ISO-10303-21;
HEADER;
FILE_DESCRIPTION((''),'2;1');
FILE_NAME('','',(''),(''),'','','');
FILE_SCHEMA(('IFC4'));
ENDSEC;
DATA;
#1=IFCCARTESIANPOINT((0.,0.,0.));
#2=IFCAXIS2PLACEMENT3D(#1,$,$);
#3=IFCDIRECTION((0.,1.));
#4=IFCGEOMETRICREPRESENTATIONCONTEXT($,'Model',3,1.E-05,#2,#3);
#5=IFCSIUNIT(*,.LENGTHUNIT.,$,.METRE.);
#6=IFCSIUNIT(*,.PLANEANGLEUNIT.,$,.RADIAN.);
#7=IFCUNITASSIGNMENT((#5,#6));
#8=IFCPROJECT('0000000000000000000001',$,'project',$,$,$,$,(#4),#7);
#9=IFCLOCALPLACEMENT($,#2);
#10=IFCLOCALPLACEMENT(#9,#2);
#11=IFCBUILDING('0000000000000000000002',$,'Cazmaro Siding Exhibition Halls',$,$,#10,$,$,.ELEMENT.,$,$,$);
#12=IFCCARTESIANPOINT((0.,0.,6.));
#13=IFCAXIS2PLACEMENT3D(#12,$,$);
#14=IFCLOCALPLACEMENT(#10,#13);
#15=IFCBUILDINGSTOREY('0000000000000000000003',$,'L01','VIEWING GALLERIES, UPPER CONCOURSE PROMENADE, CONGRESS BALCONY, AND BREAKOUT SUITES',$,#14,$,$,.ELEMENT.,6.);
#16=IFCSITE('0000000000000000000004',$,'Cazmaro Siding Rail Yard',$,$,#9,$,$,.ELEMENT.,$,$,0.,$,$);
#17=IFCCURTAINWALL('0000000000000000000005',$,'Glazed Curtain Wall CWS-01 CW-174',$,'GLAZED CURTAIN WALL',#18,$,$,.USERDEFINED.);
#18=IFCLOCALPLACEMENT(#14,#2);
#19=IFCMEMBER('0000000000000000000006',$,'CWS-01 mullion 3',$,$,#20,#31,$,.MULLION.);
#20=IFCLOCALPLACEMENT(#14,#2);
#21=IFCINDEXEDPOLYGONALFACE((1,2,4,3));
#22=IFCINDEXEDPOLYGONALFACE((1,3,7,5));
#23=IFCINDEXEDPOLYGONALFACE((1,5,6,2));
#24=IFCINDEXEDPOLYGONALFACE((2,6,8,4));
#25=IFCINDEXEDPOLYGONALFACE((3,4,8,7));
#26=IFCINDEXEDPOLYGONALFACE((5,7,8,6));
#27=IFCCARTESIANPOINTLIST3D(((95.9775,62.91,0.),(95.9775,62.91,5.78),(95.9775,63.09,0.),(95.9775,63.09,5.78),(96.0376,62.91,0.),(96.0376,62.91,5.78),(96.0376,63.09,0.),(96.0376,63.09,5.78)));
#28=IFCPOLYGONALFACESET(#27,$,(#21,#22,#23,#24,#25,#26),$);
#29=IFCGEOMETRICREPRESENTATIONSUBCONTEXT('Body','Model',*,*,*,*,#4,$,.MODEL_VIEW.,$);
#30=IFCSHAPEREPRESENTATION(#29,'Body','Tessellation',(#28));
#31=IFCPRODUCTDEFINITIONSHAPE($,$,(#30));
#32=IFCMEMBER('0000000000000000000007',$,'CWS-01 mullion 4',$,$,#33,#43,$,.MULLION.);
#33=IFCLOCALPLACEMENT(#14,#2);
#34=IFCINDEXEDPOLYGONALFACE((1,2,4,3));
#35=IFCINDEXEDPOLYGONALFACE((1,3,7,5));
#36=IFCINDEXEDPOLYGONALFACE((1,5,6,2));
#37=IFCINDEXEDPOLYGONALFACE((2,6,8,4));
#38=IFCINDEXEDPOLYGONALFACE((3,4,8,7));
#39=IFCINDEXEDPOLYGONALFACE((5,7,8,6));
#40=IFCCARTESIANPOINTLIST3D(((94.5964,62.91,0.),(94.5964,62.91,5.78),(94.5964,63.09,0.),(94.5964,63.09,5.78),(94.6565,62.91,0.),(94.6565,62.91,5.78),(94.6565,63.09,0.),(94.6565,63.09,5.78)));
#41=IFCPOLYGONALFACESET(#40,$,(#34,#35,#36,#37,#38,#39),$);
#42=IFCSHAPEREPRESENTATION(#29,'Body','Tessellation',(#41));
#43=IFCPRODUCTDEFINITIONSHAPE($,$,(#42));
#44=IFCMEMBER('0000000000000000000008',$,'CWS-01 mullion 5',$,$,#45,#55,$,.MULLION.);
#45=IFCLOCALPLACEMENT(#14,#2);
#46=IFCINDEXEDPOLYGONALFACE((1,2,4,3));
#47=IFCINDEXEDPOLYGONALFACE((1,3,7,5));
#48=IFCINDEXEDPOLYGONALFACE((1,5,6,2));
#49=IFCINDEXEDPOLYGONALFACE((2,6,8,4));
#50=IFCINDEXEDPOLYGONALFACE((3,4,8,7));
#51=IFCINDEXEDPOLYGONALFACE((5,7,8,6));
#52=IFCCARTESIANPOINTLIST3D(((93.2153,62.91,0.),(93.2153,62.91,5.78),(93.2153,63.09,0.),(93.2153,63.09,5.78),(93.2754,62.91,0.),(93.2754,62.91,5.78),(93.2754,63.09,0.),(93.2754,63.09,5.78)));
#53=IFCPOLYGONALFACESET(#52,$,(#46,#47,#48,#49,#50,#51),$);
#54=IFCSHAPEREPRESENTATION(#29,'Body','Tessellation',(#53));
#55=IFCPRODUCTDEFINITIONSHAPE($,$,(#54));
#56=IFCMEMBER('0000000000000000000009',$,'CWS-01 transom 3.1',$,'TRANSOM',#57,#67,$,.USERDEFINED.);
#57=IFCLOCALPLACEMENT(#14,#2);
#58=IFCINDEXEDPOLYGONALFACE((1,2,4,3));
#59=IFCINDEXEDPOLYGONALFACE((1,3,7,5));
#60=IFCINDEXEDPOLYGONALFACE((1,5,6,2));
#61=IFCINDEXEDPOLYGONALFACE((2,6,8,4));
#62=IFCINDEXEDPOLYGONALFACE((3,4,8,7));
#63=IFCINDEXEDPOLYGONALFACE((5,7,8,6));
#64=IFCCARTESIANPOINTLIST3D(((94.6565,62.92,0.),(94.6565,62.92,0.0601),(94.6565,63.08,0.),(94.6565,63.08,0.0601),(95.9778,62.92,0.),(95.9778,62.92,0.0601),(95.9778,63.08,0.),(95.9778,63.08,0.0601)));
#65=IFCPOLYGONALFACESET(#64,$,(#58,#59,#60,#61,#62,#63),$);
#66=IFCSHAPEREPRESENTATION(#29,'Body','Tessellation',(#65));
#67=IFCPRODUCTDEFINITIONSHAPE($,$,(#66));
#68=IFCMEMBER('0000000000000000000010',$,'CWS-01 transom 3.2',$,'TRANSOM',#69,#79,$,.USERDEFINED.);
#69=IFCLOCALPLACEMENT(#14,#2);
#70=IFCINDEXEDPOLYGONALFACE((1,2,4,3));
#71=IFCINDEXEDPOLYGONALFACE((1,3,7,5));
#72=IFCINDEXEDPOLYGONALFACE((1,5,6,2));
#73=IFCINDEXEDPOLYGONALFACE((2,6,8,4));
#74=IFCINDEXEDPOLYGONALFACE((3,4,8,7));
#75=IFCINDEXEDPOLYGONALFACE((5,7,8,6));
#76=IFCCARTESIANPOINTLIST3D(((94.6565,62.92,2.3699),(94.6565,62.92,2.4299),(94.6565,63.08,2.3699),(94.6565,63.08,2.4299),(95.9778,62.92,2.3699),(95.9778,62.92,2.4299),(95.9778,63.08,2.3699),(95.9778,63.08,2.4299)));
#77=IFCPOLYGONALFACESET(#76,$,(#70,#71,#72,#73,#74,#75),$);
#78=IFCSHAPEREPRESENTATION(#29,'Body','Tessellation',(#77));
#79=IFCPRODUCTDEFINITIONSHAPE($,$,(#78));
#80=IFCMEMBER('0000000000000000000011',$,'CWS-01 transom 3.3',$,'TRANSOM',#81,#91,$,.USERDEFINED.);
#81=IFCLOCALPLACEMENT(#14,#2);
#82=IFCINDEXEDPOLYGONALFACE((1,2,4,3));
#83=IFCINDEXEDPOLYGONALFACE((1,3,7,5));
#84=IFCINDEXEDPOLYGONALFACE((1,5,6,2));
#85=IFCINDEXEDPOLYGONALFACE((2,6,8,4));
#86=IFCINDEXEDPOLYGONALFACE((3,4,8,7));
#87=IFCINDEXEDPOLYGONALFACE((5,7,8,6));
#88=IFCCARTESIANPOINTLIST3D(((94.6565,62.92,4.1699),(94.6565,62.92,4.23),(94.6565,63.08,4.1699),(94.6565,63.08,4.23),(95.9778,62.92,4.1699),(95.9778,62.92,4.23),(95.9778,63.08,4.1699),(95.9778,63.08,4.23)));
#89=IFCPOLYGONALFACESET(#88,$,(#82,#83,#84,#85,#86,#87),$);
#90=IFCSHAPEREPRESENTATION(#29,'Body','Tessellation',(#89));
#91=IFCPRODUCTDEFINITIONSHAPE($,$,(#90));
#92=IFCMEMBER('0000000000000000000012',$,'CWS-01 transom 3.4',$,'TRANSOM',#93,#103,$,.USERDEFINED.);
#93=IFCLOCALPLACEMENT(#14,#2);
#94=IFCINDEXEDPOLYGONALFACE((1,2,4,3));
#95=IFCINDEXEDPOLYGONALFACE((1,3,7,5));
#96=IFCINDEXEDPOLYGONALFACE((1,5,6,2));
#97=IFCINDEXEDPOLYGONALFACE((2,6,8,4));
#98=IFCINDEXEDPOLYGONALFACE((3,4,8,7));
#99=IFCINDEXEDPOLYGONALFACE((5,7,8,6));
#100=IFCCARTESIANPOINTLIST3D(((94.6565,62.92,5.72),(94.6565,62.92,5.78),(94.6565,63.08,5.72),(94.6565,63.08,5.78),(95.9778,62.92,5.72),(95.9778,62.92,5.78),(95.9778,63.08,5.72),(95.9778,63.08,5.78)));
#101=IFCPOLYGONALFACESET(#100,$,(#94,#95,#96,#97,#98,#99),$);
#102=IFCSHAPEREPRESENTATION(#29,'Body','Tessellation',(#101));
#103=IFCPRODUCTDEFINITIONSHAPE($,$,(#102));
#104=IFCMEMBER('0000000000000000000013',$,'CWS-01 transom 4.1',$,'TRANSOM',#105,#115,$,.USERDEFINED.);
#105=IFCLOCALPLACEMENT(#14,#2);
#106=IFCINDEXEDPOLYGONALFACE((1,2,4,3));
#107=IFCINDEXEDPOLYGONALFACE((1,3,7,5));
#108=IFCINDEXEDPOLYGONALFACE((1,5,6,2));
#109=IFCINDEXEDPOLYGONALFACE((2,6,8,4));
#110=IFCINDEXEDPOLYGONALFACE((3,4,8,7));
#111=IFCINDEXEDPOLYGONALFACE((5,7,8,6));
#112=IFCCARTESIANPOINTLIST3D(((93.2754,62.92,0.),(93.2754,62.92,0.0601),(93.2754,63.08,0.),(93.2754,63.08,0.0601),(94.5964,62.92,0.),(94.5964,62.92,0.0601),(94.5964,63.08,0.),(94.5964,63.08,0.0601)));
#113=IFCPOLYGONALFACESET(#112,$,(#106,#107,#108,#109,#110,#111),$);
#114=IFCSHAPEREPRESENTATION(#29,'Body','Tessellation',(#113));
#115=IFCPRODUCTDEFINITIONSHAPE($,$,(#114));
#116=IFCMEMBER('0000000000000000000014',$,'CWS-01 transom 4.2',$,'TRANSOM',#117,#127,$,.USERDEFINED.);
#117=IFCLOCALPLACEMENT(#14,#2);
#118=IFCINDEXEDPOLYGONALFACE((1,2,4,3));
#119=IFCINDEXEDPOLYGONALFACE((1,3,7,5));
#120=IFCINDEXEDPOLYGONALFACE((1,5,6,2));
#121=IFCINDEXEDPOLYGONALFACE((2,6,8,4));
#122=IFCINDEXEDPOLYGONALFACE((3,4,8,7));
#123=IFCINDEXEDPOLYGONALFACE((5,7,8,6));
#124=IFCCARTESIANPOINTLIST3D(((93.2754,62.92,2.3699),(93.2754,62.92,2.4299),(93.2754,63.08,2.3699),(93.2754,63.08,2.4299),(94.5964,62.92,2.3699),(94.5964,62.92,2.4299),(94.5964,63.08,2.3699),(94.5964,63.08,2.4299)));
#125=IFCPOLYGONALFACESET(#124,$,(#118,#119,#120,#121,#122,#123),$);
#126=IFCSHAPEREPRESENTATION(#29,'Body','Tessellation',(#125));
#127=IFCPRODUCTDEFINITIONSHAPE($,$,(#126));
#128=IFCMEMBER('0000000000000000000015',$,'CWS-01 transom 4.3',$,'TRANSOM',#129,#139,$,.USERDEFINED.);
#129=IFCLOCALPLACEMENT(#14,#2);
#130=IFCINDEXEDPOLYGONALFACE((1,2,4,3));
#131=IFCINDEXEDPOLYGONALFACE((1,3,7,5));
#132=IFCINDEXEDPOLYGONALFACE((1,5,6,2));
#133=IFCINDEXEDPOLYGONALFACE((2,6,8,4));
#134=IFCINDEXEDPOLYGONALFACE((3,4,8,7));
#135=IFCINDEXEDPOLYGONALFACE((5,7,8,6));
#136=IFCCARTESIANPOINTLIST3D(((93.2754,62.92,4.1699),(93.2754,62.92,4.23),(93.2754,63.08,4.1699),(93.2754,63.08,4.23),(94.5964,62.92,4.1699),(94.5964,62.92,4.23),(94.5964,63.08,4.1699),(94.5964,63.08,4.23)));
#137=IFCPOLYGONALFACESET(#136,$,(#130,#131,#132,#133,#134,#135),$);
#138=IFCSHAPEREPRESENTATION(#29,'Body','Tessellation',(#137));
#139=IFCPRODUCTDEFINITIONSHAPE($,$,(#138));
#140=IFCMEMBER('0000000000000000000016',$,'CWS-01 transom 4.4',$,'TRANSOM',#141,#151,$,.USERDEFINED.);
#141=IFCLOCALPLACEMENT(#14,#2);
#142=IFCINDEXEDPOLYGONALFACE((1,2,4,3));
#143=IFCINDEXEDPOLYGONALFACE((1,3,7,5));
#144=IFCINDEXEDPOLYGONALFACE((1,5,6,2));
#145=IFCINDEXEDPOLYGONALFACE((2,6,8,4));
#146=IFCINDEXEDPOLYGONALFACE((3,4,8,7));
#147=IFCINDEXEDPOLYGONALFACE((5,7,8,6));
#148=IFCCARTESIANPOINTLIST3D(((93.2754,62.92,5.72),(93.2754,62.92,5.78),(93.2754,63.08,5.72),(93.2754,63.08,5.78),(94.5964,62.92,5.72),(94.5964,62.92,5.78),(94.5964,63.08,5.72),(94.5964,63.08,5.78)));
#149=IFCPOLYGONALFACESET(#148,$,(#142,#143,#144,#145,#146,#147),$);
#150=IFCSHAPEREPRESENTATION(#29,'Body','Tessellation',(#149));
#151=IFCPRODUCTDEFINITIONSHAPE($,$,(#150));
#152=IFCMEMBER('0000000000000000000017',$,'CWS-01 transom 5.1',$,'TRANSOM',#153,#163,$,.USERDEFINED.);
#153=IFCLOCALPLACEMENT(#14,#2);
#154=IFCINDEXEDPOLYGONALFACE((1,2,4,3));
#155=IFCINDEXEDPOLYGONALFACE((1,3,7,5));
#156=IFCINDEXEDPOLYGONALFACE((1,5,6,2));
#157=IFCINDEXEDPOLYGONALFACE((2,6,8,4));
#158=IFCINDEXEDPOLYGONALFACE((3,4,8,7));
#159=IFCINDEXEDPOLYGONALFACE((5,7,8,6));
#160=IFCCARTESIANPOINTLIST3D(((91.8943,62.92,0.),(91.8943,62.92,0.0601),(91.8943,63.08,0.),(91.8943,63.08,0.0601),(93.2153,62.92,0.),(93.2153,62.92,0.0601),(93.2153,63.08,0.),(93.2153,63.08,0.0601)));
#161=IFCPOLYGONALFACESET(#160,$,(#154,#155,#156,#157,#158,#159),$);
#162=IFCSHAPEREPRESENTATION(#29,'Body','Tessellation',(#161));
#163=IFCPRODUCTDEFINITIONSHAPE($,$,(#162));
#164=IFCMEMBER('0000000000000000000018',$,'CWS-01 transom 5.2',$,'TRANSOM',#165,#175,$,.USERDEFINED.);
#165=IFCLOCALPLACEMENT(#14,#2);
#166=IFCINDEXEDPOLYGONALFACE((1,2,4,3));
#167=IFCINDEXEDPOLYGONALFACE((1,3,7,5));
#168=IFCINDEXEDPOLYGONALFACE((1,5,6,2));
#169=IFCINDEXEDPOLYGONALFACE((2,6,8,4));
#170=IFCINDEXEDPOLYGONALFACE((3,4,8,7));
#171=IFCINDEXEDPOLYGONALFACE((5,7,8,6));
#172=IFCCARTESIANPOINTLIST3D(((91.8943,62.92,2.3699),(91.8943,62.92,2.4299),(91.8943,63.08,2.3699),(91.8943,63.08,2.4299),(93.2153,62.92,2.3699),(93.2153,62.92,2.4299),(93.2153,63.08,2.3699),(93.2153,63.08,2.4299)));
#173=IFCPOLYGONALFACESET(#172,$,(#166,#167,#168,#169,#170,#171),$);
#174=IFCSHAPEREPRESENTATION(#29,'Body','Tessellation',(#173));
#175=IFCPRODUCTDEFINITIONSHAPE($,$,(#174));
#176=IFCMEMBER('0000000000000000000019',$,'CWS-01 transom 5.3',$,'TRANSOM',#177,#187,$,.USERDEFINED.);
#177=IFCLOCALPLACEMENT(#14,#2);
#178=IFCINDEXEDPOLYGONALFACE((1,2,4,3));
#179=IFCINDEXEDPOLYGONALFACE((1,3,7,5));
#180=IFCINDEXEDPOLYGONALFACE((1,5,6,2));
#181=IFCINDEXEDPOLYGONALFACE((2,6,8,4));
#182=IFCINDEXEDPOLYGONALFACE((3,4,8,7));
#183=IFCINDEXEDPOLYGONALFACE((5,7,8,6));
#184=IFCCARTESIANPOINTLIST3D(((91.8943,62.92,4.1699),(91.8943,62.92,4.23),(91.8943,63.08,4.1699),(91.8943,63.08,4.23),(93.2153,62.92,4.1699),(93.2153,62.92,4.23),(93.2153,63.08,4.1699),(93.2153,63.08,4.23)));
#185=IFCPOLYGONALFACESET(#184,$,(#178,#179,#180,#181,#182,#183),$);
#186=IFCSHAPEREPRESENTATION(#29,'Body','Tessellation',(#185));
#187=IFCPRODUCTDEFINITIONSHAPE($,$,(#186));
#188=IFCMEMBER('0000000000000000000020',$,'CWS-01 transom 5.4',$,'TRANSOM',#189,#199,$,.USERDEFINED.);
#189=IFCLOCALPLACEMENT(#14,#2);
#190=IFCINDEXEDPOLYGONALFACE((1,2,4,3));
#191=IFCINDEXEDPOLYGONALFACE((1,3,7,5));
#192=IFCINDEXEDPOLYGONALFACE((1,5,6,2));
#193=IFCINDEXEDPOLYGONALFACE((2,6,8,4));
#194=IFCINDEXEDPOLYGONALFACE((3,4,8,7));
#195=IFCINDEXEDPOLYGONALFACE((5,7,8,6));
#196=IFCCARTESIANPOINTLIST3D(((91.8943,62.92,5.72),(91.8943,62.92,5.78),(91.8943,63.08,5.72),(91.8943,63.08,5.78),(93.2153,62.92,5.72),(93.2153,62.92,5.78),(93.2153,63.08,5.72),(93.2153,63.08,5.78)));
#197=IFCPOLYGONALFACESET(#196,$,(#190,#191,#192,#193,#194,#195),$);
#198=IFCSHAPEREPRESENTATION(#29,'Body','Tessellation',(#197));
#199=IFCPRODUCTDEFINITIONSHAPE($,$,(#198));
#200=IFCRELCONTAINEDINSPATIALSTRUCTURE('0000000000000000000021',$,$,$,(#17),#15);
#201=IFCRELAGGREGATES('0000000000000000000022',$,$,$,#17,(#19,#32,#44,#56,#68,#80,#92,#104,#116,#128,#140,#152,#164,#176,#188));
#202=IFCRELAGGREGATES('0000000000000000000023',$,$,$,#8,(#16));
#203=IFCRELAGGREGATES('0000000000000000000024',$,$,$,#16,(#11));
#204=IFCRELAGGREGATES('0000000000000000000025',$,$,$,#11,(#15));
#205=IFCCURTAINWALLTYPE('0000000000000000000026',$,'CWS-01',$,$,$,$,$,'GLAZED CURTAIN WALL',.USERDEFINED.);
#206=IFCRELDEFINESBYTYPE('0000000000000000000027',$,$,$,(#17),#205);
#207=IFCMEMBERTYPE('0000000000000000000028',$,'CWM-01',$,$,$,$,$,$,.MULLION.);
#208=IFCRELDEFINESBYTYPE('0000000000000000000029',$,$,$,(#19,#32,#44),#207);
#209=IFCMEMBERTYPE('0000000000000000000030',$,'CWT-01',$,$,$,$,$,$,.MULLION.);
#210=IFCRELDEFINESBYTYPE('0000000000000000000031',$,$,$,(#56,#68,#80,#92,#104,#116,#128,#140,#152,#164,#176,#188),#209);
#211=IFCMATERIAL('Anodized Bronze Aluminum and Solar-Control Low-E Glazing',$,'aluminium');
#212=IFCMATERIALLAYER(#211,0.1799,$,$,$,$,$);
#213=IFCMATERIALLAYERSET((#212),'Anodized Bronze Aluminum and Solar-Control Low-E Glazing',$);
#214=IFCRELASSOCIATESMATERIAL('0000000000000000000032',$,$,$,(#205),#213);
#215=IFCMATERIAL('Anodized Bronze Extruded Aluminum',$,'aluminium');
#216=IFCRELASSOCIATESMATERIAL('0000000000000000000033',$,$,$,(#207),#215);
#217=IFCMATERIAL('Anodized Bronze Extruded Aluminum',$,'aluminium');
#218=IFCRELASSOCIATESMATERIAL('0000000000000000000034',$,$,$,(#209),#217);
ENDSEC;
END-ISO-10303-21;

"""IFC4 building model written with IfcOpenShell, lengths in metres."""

from ifc_helpers import new_model, si_unit, direction, frame, origin, origin_2d, place, context, subcontext, project, spatial, rectangle, extrude, material, layer, layer_set, material_profile, profile_set, type_object, element, aggregate, save


model = new_model("IFC4")

# Units and contexts
model_context = context("Model", 3, precision=1e-05, world=origin(), true_north=direction((0.0, 1.0)))
body_context = subcontext(model_context, "Body", "Model", "MODEL_VIEW")
ifc_project = project(units=[si_unit("LENGTHUNIT", "METRE"), si_unit("PLANEANGLEUNIT", "RADIAN")], contexts=[model_context])

# Site, building, storey
site_placement = place(None, origin())
site = spatial("IfcSite", under=ifc_project, at=site_placement, Name="Cazmaro Siding Rail Yard", CompositionType="ELEMENT", RefElevation=0.0)
building_placement = place(site_placement, origin())
building = spatial("IfcBuilding", under=site, at=building_placement, Name="Cazmaro Siding Exhibition Halls", CompositionType="ELEMENT")
storey_placement = place(building_placement, frame((0.0, 0.0, 6.0)))
storey = spatial("IfcBuildingStorey", under=building, at=storey_placement, Name="L01", Description="VIEWING GALLERIES, UPPER CONCOURSE PROMENADE, CONGRESS BALCONY, AND BREAKOUT SUITES", CompositionType="ELEMENT", Elevation=6.0)

# Curtain wall, members
ifc_material_1 = material(Name="Anodized Bronze Aluminum and Solar-Control Low-E Glazing", Category="aluminium")
ifc_layer_1 = layer(ifc_material_1, 0.1799)
ifc_layer_set_1 = layer_set([ifc_layer_1], Name="Anodized Bronze Aluminum and Solar-Control Low-E Glazing")
curtain_wall_type = type_object("IfcCurtainWallType", Name="CWS-01", ElementType="GLAZED CURTAIN WALL", PredefinedType="USERDEFINED", material=ifc_layer_set_1)
curtain_wall_1_placement = place(storey_placement, origin())
curtain_wall_1 = element("IfcCurtainWall", 1, at=curtain_wall_1_placement, inside=storey, type_object=curtain_wall_type, Name="Glazed Curtain Wall CWS-01 CW-174", ObjectType="GLAZED CURTAIN WALL", PredefinedType="USERDEFINED")
ifc_material_2 = material(Name="Anodized Bronze Extruded Aluminum", Category="aluminium")
ifc_material_profile_1 = material_profile(ifc_material_2, rectangle(XDim=0.1799, YDim=0.0601, at=origin_2d()), Name="CWM-01")
ifc_profile_set_1 = profile_set([ifc_material_profile_1], Name="Anodized Bronze Extruded Aluminum")
member_type_1 = type_object("IfcMemberType", Name="CWM-01", PredefinedType="MULLION", material=ifc_profile_set_1)
member_1_placement = place(storey_placement, frame((96.0076, 63.0, 0.0), z_axis=(0.0, 0.0, 1.0), x_axis=(0.0, -1.0, 0.0)))
member_1 = element("IfcMember", 2, at=member_1_placement, type_object=member_type_1, Name="CWS-01 mullion 3", PredefinedType="MULLION", context=body_context, shape_type="SweptSolid", body=[
    extrude(rectangle(XDim=0.1799, YDim=0.0601, at=origin_2d()), origin(), (0.0, 0.0, 1.0), 5.78),
])
member_2_placement = place(storey_placement, frame((94.6265, 63.0, 0.0), z_axis=(0.0, 0.0, 1.0), x_axis=(0.0, -1.0, 0.0)))
member_2 = element("IfcMember", 3, at=member_2_placement, type_object=member_type_1, Name="CWS-01 mullion 4", PredefinedType="MULLION", context=body_context, shape_type="SweptSolid", body=[
    extrude(rectangle(XDim=0.1799, YDim=0.0601, at=origin_2d()), origin(), (0.0, 0.0, 1.0), 5.78),
])
member_3_placement = place(storey_placement, frame((93.2454, 63.0, 0.0), z_axis=(0.0, 0.0, 1.0), x_axis=(0.0, -1.0, 0.0)))
member_3 = element("IfcMember", 4, at=member_3_placement, type_object=member_type_1, Name="CWS-01 mullion 5", PredefinedType="MULLION", context=body_context, shape_type="SweptSolid", body=[
    extrude(rectangle(XDim=0.1799, YDim=0.0601, at=origin_2d()), origin(), (0.0, 0.0, 1.0), 5.78),
])
ifc_material_3 = material(Name="Anodized Bronze Extruded Aluminum", Category="aluminium")
ifc_material_profile_2 = material_profile(ifc_material_3, rectangle(XDim=0.1599, YDim=0.0601, at=origin_2d()), Name="CWT-01")
ifc_profile_set_2 = profile_set([ifc_material_profile_2], Name="Anodized Bronze Extruded Aluminum")
member_type_2 = type_object("IfcMemberType", Name="CWT-01", PredefinedType="MULLION", material=ifc_profile_set_2)
member_4_placement = place(storey_placement, frame((95.9778, 63.0, 0.03), z_axis=(-1.0, 0.0, 0.0), x_axis=(0.0, -1.0, 0.0)))
member_4 = element("IfcMember", 5, at=member_4_placement, type_object=member_type_2, Name="CWS-01 transom 3.1", ObjectType="TRANSOM", PredefinedType="USERDEFINED", context=body_context, shape_type="SweptSolid", body=[
    extrude(rectangle(XDim=0.1599, YDim=0.0601, at=origin_2d()), origin(), (0.0, 0.0, 1.0), 1.3213),
])
member_5_placement = place(storey_placement, frame((95.9778, 63.0, 2.3999), z_axis=(-1.0, 0.0, 0.0), x_axis=(0.0, -1.0, 0.0)))
member_5 = element("IfcMember", 6, at=member_5_placement, type_object=member_type_2, Name="CWS-01 transom 3.2", ObjectType="TRANSOM", PredefinedType="USERDEFINED", context=body_context, shape_type="SweptSolid", body=[
    extrude(rectangle(XDim=0.1599, YDim=0.0601, at=origin_2d()), origin(), (0.0, 0.0, 1.0), 1.3213),
])
member_6_placement = place(storey_placement, frame((95.9778, 63.0, 4.2), z_axis=(-1.0, 0.0, 0.0), x_axis=(0.0, -1.0, 0.0)))
member_6 = element("IfcMember", 7, at=member_6_placement, type_object=member_type_2, Name="CWS-01 transom 3.3", ObjectType="TRANSOM", PredefinedType="USERDEFINED", context=body_context, shape_type="SweptSolid", body=[
    extrude(rectangle(XDim=0.1599, YDim=0.0601, at=origin_2d()), origin(), (0.0, 0.0, 1.0), 1.3213),
])
member_7_placement = place(storey_placement, frame((95.9778, 63.0, 5.75), z_axis=(-1.0, 0.0, 0.0), x_axis=(0.0, -1.0, 0.0)))
member_7 = element("IfcMember", 8, at=member_7_placement, type_object=member_type_2, Name="CWS-01 transom 3.4", ObjectType="TRANSOM", PredefinedType="USERDEFINED", context=body_context, shape_type="SweptSolid", body=[
    extrude(rectangle(XDim=0.1599, YDim=0.0601, at=origin_2d()), origin(), (0.0, 0.0, 1.0), 1.3213),
])
member_8_placement = place(storey_placement, frame((94.5964, 63.0, 0.03), z_axis=(-1.0, 0.0, 0.0), x_axis=(0.0, -1.0, 0.0)))
member_8 = element("IfcMember", 9, at=member_8_placement, type_object=member_type_2, Name="CWS-01 transom 4.1", ObjectType="TRANSOM", PredefinedType="USERDEFINED", context=body_context, shape_type="SweptSolid", body=[
    extrude(rectangle(XDim=0.1599, YDim=0.0601, at=origin_2d()), origin(), (0.0, 0.0, 1.0), 1.321),
])
member_9_placement = place(storey_placement, frame((94.5964, 63.0, 2.3999), z_axis=(-1.0, 0.0, 0.0), x_axis=(0.0, -1.0, 0.0)))
member_9 = element("IfcMember", 10, at=member_9_placement, type_object=member_type_2, Name="CWS-01 transom 4.2", ObjectType="TRANSOM", PredefinedType="USERDEFINED", context=body_context, shape_type="SweptSolid", body=[
    extrude(rectangle(XDim=0.1599, YDim=0.0601, at=origin_2d()), origin(), (0.0, 0.0, 1.0), 1.321),
])
member_10_placement = place(storey_placement, frame((94.5964, 63.0, 4.2), z_axis=(-1.0, 0.0, 0.0), x_axis=(0.0, -1.0, 0.0)))
member_10 = element("IfcMember", 11, at=member_10_placement, type_object=member_type_2, Name="CWS-01 transom 4.3", ObjectType="TRANSOM", PredefinedType="USERDEFINED", context=body_context, shape_type="SweptSolid", body=[
    extrude(rectangle(XDim=0.1599, YDim=0.0601, at=origin_2d()), origin(), (0.0, 0.0, 1.0), 1.321),
])
member_11_placement = place(storey_placement, frame((94.5964, 63.0, 5.75), z_axis=(-1.0, 0.0, 0.0), x_axis=(0.0, -1.0, 0.0)))
member_11 = element("IfcMember", 12, at=member_11_placement, type_object=member_type_2, Name="CWS-01 transom 4.4", ObjectType="TRANSOM", PredefinedType="USERDEFINED", context=body_context, shape_type="SweptSolid", body=[
    extrude(rectangle(XDim=0.1599, YDim=0.0601, at=origin_2d()), origin(), (0.0, 0.0, 1.0), 1.321),
])
member_12_placement = place(storey_placement, frame((93.2153, 63.0, 0.03), z_axis=(-1.0, 0.0, 0.0), x_axis=(0.0, -1.0, 0.0)))
member_12 = element("IfcMember", 13, at=member_12_placement, type_object=member_type_2, Name="CWS-01 transom 5.1", ObjectType="TRANSOM", PredefinedType="USERDEFINED", context=body_context, shape_type="SweptSolid", body=[
    extrude(rectangle(XDim=0.1599, YDim=0.0601, at=origin_2d()), origin(), (0.0, 0.0, 1.0), 1.321),
])
member_13_placement = place(storey_placement, frame((93.2153, 63.0, 2.3999), z_axis=(-1.0, 0.0, 0.0), x_axis=(0.0, -1.0, 0.0)))
member_13 = element("IfcMember", 14, at=member_13_placement, type_object=member_type_2, Name="CWS-01 transom 5.2", ObjectType="TRANSOM", PredefinedType="USERDEFINED", context=body_context, shape_type="SweptSolid", body=[
    extrude(rectangle(XDim=0.1599, YDim=0.0601, at=origin_2d()), origin(), (0.0, 0.0, 1.0), 1.321),
])
member_14_placement = place(storey_placement, frame((93.2153, 63.0, 4.2), z_axis=(-1.0, 0.0, 0.0), x_axis=(0.0, -1.0, 0.0)))
member_14 = element("IfcMember", 15, at=member_14_placement, type_object=member_type_2, Name="CWS-01 transom 5.3", ObjectType="TRANSOM", PredefinedType="USERDEFINED", context=body_context, shape_type="SweptSolid", body=[
    extrude(rectangle(XDim=0.1599, YDim=0.0601, at=origin_2d()), origin(), (0.0, 0.0, 1.0), 1.321),
])
member_15_placement = place(storey_placement, frame((93.2153, 63.0, 5.75), z_axis=(-1.0, 0.0, 0.0), x_axis=(0.0, -1.0, 0.0)))
member_15 = element("IfcMember", 16, at=member_15_placement, type_object=member_type_2, Name="CWS-01 transom 5.4", ObjectType="TRANSOM", PredefinedType="USERDEFINED", context=body_context, shape_type="SweptSolid", body=[
    extrude(rectangle(XDim=0.1599, YDim=0.0601, at=origin_2d()), origin(), (0.0, 0.0, 1.0), 1.321),
])

aggregate(curtain_wall_1, [member_1, member_2, member_3, member_4, member_5, member_6, member_7, member_8, member_9, member_10, member_11, member_12, member_13, member_14, member_15])

save(model, "model.ifc")
